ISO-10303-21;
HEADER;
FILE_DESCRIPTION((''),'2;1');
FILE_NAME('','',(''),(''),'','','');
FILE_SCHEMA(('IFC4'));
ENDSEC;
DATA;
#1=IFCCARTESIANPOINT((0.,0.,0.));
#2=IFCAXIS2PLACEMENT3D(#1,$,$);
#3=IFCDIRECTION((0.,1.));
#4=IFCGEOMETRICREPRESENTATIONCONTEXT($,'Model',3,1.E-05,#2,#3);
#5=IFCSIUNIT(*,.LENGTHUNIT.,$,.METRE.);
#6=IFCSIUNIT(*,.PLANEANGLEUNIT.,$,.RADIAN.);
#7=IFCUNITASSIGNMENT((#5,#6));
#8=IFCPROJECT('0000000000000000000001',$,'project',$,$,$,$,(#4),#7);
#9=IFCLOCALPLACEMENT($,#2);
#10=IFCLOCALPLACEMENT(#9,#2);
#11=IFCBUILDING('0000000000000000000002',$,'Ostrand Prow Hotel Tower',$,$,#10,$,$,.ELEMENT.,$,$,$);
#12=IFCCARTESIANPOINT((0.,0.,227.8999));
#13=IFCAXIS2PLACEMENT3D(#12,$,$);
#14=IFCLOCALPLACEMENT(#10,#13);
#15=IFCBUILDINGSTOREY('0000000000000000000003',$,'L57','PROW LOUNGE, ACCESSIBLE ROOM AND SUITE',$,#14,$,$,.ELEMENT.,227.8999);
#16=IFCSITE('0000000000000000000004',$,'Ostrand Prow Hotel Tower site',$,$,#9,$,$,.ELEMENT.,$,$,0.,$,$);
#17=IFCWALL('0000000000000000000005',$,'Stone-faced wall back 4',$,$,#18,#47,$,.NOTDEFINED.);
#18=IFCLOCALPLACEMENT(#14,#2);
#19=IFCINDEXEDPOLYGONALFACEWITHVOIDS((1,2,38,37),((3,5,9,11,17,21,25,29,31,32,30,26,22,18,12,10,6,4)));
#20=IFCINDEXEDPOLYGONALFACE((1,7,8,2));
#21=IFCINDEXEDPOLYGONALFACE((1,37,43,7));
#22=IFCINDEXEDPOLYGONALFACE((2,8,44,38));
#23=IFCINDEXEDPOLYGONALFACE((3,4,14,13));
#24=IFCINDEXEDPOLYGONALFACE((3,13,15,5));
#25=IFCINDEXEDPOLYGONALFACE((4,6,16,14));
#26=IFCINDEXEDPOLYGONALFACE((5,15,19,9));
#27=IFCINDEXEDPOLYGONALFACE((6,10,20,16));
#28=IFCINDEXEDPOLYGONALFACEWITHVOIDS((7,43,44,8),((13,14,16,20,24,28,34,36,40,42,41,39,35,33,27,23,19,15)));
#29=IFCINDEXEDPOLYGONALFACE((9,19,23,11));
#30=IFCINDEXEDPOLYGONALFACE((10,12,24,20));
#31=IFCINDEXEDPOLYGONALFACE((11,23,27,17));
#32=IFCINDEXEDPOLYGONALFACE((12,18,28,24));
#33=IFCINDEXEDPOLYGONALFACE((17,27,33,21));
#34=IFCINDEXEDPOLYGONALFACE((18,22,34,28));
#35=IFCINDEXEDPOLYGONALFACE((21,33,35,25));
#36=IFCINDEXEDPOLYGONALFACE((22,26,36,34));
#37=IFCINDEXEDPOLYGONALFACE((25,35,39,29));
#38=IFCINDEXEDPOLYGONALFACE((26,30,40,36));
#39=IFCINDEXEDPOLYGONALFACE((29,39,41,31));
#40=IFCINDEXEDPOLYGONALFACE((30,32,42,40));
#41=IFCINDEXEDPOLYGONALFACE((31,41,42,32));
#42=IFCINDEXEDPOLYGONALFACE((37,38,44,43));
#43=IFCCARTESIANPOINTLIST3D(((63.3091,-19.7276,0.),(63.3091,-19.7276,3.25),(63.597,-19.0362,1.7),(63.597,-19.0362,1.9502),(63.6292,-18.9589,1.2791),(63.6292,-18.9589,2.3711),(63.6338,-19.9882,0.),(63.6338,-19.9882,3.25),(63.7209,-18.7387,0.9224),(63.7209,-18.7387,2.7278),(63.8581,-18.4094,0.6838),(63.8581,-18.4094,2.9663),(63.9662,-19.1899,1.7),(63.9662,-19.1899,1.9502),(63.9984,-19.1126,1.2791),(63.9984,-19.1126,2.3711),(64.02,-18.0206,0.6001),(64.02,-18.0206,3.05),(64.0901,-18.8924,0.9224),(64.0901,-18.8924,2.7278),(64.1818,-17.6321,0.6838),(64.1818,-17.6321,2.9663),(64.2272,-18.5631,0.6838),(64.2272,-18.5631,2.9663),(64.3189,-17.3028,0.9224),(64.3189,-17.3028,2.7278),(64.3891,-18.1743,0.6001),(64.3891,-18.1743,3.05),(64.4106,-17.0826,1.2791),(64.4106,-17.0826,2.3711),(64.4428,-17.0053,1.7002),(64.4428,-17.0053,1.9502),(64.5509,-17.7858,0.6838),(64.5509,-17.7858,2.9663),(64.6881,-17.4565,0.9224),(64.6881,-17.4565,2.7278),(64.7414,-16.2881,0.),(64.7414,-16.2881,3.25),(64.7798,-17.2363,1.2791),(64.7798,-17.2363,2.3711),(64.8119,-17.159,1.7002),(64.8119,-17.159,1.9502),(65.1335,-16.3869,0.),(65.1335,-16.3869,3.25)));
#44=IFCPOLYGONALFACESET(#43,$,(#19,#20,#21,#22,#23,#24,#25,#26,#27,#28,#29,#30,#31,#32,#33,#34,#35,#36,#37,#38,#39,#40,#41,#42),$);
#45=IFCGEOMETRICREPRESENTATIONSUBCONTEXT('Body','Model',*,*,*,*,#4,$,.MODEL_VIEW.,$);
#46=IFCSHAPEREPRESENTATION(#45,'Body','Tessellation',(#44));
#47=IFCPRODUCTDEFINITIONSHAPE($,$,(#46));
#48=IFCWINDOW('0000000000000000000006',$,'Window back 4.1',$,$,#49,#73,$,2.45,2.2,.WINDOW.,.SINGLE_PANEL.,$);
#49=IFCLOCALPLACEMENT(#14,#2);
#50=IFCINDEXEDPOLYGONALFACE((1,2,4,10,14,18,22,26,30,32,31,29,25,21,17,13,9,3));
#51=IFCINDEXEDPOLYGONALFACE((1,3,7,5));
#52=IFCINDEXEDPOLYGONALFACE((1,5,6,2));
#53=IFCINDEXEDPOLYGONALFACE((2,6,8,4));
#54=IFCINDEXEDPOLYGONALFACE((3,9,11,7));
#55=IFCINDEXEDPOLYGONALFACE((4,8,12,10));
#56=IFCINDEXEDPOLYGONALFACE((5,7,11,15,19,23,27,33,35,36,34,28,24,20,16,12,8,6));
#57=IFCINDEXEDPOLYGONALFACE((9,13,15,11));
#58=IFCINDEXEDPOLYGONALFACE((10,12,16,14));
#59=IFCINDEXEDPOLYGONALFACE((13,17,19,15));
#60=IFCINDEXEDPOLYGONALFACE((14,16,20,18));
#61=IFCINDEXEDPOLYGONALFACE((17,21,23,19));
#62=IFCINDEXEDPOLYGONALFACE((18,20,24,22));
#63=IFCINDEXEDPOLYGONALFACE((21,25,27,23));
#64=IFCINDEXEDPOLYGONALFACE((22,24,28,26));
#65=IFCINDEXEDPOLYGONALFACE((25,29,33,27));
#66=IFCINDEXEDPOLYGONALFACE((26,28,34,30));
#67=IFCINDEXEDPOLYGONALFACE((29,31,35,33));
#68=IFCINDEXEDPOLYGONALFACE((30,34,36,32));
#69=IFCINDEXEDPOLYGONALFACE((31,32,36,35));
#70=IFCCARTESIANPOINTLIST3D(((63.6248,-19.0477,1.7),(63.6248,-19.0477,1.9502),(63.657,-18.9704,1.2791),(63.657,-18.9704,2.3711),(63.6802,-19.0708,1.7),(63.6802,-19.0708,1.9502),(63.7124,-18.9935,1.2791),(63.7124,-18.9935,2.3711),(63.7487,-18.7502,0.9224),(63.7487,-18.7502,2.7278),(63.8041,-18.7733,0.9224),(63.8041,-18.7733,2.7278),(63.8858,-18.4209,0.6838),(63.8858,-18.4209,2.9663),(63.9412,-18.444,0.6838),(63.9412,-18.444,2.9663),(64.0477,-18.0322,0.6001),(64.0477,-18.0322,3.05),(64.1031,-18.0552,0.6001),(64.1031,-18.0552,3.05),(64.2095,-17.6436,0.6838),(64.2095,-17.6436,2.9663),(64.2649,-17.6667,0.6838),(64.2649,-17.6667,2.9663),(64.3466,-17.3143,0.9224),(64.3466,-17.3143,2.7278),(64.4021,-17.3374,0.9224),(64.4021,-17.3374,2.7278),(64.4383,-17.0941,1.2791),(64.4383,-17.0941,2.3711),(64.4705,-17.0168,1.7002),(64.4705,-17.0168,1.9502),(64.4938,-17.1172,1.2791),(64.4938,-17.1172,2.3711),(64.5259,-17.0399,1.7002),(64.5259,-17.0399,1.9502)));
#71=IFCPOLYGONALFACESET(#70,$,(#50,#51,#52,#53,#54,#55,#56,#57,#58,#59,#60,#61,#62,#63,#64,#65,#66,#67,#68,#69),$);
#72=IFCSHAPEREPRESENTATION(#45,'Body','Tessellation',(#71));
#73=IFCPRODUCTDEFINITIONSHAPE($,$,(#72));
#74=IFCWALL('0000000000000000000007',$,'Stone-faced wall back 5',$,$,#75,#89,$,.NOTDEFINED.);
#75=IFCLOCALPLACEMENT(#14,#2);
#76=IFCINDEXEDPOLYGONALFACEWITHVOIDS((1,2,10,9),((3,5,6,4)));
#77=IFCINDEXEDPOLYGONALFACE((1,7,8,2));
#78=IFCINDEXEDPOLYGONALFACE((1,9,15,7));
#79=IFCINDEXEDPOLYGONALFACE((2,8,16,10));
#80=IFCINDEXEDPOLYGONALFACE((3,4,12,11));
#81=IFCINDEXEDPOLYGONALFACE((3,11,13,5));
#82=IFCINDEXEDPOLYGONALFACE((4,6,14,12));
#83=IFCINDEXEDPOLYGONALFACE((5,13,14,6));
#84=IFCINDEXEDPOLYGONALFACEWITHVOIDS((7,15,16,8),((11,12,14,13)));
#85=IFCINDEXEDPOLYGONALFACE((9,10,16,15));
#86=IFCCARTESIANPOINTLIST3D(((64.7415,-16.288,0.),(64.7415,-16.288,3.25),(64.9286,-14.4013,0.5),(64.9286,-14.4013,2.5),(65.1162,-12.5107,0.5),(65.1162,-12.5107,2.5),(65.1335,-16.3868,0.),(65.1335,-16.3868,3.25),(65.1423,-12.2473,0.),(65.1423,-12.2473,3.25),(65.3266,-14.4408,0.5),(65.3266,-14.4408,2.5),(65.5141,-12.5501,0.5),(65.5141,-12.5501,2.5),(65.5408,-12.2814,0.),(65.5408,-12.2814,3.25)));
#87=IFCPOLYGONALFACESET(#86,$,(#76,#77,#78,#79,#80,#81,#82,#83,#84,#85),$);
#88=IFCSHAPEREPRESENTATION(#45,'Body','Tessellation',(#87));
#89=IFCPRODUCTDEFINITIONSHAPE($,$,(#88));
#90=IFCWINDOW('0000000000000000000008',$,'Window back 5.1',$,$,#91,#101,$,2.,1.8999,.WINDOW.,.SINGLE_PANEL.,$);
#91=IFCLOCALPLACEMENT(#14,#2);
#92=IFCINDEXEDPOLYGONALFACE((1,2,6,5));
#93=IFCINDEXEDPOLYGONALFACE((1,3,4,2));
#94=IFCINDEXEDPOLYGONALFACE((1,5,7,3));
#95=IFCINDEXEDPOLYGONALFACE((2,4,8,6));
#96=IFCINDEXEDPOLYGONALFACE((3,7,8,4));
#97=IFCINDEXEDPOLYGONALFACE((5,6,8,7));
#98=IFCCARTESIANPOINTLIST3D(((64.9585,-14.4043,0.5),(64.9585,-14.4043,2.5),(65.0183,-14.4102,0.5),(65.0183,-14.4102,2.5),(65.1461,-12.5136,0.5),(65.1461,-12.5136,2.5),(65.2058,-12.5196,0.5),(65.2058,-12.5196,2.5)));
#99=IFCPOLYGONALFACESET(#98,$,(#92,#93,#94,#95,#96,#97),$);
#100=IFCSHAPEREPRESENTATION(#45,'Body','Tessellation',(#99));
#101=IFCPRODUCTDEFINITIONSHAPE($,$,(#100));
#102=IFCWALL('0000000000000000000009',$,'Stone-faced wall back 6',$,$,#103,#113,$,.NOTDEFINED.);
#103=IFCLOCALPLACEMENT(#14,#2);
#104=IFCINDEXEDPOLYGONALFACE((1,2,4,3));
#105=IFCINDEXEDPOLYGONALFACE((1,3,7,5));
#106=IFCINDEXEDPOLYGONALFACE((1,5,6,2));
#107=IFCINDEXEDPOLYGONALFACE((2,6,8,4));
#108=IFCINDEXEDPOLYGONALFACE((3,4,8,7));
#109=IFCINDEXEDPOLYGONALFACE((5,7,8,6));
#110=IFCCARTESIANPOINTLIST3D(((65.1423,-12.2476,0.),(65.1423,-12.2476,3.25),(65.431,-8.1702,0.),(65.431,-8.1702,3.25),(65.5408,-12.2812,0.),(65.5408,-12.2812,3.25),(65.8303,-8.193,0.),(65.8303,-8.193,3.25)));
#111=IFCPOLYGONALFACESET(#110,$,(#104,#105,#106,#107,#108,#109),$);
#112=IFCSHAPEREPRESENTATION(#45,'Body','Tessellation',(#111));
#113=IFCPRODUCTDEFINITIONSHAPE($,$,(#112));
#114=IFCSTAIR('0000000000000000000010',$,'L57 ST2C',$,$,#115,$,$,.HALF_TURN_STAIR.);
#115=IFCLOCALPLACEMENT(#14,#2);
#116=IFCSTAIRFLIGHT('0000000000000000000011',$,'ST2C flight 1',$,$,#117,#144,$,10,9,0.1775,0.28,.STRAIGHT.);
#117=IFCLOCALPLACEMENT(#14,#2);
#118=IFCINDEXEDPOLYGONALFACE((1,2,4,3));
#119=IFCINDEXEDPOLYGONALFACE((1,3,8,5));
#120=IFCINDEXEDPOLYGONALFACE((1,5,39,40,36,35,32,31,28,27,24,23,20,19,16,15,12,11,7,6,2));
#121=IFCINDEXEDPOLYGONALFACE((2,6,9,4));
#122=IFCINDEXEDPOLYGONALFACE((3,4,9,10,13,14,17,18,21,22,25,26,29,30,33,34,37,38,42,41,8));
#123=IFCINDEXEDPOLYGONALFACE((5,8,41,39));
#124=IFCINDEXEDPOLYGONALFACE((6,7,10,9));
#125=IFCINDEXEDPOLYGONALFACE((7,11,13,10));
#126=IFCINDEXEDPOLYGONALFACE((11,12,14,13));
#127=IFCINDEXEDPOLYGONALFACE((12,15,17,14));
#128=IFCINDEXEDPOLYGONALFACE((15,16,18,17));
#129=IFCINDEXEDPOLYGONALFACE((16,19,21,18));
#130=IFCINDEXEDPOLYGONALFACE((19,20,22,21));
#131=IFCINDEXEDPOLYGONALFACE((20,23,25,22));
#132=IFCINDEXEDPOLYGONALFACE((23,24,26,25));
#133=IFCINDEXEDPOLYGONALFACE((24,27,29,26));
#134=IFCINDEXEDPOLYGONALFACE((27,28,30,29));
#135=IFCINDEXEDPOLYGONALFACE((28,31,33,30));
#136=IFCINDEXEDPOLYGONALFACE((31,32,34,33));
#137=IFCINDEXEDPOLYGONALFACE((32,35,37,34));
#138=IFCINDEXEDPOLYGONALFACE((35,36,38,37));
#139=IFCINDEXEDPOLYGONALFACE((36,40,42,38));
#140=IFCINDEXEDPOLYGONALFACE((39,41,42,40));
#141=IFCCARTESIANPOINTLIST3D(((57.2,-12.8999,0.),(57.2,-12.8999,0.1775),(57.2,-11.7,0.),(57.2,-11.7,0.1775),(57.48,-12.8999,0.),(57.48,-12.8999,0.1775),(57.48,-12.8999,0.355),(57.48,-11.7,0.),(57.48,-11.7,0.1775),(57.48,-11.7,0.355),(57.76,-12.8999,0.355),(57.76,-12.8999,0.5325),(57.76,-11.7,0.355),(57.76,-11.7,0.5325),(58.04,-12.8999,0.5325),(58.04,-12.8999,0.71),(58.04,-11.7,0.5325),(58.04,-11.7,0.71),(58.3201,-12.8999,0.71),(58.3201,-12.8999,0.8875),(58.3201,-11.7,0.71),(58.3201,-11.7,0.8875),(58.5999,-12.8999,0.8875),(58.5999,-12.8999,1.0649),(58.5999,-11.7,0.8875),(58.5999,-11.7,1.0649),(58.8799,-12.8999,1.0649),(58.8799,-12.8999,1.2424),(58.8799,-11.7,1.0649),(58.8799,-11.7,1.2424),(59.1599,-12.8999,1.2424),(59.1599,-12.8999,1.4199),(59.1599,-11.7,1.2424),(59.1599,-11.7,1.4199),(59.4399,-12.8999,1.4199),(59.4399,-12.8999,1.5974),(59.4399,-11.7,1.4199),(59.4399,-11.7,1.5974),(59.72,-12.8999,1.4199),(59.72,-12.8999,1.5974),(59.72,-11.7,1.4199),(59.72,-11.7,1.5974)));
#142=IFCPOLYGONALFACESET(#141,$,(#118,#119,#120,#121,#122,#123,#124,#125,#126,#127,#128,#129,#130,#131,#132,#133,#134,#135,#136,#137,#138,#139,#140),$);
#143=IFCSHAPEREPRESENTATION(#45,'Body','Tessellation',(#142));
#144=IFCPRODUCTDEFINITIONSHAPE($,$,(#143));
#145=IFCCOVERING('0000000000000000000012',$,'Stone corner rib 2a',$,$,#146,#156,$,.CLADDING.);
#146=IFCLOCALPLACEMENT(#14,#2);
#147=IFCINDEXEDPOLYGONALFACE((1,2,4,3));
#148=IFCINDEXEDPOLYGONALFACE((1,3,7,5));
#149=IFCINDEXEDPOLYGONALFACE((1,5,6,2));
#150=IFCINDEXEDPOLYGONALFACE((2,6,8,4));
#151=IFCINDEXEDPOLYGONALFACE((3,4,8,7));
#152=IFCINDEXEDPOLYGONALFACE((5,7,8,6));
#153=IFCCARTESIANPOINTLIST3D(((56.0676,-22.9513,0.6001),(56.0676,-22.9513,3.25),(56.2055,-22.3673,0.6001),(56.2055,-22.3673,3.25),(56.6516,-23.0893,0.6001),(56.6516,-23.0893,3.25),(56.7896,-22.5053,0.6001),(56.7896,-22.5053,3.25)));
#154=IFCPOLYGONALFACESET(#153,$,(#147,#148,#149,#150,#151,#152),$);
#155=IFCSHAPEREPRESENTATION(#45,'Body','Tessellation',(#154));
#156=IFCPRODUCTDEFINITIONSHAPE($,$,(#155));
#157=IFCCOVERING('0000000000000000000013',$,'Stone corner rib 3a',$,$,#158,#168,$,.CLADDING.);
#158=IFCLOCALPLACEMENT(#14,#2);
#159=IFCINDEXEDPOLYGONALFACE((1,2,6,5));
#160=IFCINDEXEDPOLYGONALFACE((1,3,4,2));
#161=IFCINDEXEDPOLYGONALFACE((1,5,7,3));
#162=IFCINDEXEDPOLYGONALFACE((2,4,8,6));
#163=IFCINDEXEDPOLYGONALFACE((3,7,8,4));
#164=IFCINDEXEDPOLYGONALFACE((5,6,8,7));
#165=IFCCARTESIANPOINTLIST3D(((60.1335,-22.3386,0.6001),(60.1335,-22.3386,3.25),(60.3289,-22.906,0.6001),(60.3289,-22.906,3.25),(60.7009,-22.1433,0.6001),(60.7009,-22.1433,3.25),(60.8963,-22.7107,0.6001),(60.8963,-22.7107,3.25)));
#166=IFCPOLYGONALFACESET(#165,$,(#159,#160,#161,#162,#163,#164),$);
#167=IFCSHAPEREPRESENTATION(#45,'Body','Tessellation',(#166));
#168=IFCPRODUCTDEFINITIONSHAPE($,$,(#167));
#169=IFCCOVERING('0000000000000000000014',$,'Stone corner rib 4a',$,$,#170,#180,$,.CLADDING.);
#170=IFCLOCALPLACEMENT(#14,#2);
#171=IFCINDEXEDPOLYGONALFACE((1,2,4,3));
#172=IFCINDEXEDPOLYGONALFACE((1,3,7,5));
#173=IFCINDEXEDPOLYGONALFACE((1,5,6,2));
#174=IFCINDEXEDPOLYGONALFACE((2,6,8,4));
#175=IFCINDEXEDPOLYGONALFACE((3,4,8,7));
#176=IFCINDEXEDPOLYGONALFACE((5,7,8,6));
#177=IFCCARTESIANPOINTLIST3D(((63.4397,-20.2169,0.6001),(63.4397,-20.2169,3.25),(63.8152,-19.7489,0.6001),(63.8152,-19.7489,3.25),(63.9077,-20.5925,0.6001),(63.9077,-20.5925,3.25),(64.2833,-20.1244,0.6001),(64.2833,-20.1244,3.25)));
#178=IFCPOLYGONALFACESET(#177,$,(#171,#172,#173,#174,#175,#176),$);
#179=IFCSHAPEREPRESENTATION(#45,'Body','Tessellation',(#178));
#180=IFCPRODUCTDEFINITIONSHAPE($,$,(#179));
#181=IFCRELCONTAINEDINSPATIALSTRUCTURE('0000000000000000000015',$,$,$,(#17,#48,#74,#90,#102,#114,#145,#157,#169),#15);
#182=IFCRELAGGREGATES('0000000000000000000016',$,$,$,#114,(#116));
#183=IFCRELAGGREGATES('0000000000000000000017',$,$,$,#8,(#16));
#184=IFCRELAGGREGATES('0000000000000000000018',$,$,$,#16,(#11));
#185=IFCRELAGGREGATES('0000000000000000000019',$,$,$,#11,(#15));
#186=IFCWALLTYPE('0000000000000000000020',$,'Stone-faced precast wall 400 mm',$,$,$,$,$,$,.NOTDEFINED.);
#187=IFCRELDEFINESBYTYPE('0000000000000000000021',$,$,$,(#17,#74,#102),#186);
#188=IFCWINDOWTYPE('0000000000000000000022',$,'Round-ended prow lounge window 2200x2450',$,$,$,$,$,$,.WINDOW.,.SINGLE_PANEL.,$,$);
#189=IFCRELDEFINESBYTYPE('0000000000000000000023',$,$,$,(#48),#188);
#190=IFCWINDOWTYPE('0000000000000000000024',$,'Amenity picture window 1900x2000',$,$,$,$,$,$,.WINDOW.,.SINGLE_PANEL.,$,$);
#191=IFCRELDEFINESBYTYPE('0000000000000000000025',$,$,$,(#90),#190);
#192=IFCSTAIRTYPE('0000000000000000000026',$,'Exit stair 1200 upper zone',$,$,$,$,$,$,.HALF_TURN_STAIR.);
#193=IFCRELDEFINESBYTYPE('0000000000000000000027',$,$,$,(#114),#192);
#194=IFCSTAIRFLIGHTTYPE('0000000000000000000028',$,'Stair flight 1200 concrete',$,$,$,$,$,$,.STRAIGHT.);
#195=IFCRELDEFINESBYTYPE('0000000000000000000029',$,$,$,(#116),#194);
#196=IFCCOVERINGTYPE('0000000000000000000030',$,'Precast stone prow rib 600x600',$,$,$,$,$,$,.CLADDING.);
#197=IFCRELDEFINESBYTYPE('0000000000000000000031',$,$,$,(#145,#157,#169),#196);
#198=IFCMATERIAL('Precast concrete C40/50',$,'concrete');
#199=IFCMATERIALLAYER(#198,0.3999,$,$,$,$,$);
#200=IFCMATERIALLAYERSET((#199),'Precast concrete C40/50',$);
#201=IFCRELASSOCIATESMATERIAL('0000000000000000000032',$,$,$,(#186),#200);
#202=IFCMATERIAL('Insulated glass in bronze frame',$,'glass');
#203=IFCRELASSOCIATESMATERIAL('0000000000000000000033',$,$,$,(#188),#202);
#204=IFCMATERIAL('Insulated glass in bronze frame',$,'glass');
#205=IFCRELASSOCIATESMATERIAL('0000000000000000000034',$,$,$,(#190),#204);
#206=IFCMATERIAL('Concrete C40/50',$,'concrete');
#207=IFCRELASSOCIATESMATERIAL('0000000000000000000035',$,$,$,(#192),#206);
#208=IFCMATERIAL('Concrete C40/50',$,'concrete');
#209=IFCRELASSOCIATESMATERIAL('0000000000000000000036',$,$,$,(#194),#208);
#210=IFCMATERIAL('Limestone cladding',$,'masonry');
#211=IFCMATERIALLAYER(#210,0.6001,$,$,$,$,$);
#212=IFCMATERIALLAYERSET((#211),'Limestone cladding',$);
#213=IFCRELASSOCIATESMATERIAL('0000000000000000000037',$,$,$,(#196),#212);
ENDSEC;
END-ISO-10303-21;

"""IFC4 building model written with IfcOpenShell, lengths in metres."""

from ifc_helpers import new_model, si_unit, direction, frame, frame_2d, origin, place, context, subcontext, project, spatial, polyline, rectangle, outline, extrude, material, layer, layer_set, type_object, element, fill, aggregate, save


model = new_model("IFC4")

# Units and contexts
model_context = context("Model", 3, precision=1e-05, world=origin(), true_north=direction((0.0, 1.0)))
body_context = subcontext(model_context, "Body", "Model", "MODEL_VIEW")
ifc_project = project(units=[si_unit("LENGTHUNIT", "METRE"), si_unit("PLANEANGLEUNIT", "RADIAN")], contexts=[model_context])

# Site, building, storey
site_placement = place(None, origin())
site = spatial("IfcSite", under=ifc_project, at=site_placement, Name="Ostrand Prow Hotel Tower site", CompositionType="ELEMENT", RefElevation=0.0)
building_placement = place(site_placement, origin())
building = spatial("IfcBuilding", under=site, at=building_placement, Name="Ostrand Prow Hotel Tower", CompositionType="ELEMENT")
storey_placement = place(building_placement, frame((0.0, 0.0, 227.8999)))
storey = spatial("IfcBuildingStorey", under=building, at=storey_placement, Name="L57", Description="PROW LOUNGE, ACCESSIBLE ROOM AND SUITE", CompositionType="ELEMENT", Elevation=227.8999)

# Walls, openings, windows
ifc_material_1 = material(Name="Precast concrete C40/50", Category="concrete")
ifc_layer_1 = layer(ifc_material_1, 0.3999)
ifc_layer_set_1 = layer_set([ifc_layer_1], Name="Precast concrete C40/50")
wall_type_1 = type_object("IfcWallType", Name="Stone-faced precast wall 400 mm", PredefinedType="NOTDEFINED", material=ifc_layer_set_1)
ifc_material_2 = material(Name="Insulated glass in bronze frame", Category="glass")
window_type_1 = type_object("IfcWindowType", Name="Round-ended prow lounge window 2200x2450", PartitioningType="SINGLE_PANEL", PredefinedType="WINDOW", material=ifc_material_2)
wall_1_placement = place(storey_placement, frame((63.4714, -19.8579, 0.0), z_axis=(0.0, 0.0, 1.0), x_axis=(0.384434, 0.923153, 0.0)))
wall_1 = element("IfcWall", 1, at=wall_1_placement, inside=storey, type_object=wall_type_1, Name="Stone-faced wall back 4", PredefinedType="NOTDEFINED", context=body_context, shape_type="SweptSolid", body=[
    extrude(outline(polyline([(-0.0579, -0.2), (3.8433, -0.2), (3.7837, 0.2), (0.0579, 0.2), (-0.0579, -0.2)])), origin(), (0.0, 0.0, 1.0), 3.25),
])
opening_1_placement = place(wall_1_placement, frame((0.8069, 0.0, 0.6001)))
opening_1 = element("IfcOpeningElement", 2, at=opening_1_placement, cuts=wall_1, PredefinedType="OPENING", context=body_context, shape_type="SweptSolid", body=[
    extrude(outline(polyline([(0.0, 1.3501), (0.0837, 1.771), (0.3223, 2.1277), (0.679, 2.3662), (1.1001, 2.45), (1.521, 2.3662), (1.8777, 2.1277), (2.1162, 1.771), (2.2, 1.3501), (2.2, 1.1001), (2.1162, 0.679), (1.8777, 0.3223), (1.521, 0.0837), (1.1001, 0.0), (0.679, 0.0837), (0.3223, 0.3223), (0.0837, 0.679), (0.0, 1.0999), (0.0, 1.3501)])), frame((0.0, 0.21, 0.0), z_axis=(0.0, -1.0, 0.0), x_axis=(1.0, 0.0, 0.0)), (0.0, 0.0, 1.0), 0.4199),
])
window_1_placement = place(opening_1_placement, origin())
window_1 = element("IfcWindow", 3, at=window_1_placement, inside=storey, type_object=window_type_1, Name="Window back 4.1", OverallHeight=2.45, OverallWidth=2.2, PartitioningType="SINGLE_PANEL", PredefinedType="WINDOW", context=body_context, shape_type="SweptSolid", body=[
    extrude(outline(polyline([(0.0, 1.3501), (0.0837, 1.771), (0.3223, 2.1277), (0.679, 2.3662), (1.1001, 2.45), (1.521, 2.3662), (1.8777, 2.1277), (2.1162, 1.771), (2.2, 1.3501), (2.2, 1.1001), (2.1162, 0.679), (1.8777, 0.3223), (1.521, 0.0837), (1.1001, 0.0), (0.679, 0.0837), (0.3223, 0.3223), (0.0837, 0.679), (0.0, 1.0999), (0.0, 1.3501)])), frame((0.0, 0.1699, 0.0), z_axis=(0.0, -1.0, 0.0), x_axis=(1.0, 0.0, 0.0)), (0.0, 0.0, 1.0), 0.0601),
])
fill(opening_1, window_1)
wall_2_placement = place(storey_placement, frame((64.9375, -16.3374, 0.0), z_axis=(0.0, 0.0, 1.0), x_axis=(0.098718, 0.995115, 0.0)))
wall_2 = element("IfcWall", 4, at=wall_2_placement, inside=storey, type_object=wall_type_1, Name="Stone-faced wall back 5", PredefinedType="NOTDEFINED", context=body_context, shape_type="SweptSolid", body=[
    extrude(outline(polyline([(-0.0298, -0.2), (4.0957, -0.2), (4.0903, 0.2), (0.0298, 0.2), (-0.0298, -0.2)])), origin(), (0.0, 0.0, 1.0), 3.25),
])
opening_2_placement = place(wall_2_placement, frame((1.9258, 0.0, 0.5)))
opening_2 = element("IfcOpeningElement", 5, at=opening_2_placement, cuts=wall_2, PredefinedType="OPENING", context=body_context, shape_type="SweptSolid", body=[
    extrude(rectangle(XDim=1.8999, YDim=2.0, at=frame_2d((0.95, 1.0))), frame((0.0, 0.21, 0.0), z_axis=(0.0, -1.0, 0.0), x_axis=(1.0, 0.0, 0.0)), (0.0, 0.0, 1.0), 0.4199),
])
ifc_material_3 = material(Name="Insulated glass in bronze frame", Category="glass")
window_type_2 = type_object("IfcWindowType", Name="Amenity picture window 1900x2000", PartitioningType="SINGLE_PANEL", PredefinedType="WINDOW", material=ifc_material_3)
window_2_placement = place(opening_2_placement, origin())
window_2 = element("IfcWindow", 6, at=window_2_placement, inside=storey, type_object=window_type_2, Name="Window back 5.1", OverallHeight=2.0, OverallWidth=1.8999, PartitioningType="SINGLE_PANEL", PredefinedType="WINDOW", context=body_context, shape_type="SweptSolid", body=[
    extrude(rectangle(XDim=1.8999, YDim=2.0, at=frame_2d((0.95, 1.0))), frame((0.0, 0.1699, 0.0), z_axis=(0.0, -1.0, 0.0), x_axis=(1.0, 0.0, 0.0)), (0.0, 0.0, 1.0), 0.0601),
])
fill(opening_2, window_2)

# Wall
wall_3_placement = place(storey_placement, frame((65.3416, -12.2644, 0.0), z_axis=(0.0, 0.0, 1.0), x_axis=(0.070624, 0.997503, 0.0)))
element("IfcWall", 7, at=wall_3_placement, inside=storey, type_object=wall_type_1, Name="Stone-faced wall back 6", PredefinedType="NOTDEFINED", context=body_context, shape_type="SweptSolid", body=[
    extrude(outline(polyline([(-0.0027, -0.2), (4.0957, -0.2), (4.0903, 0.2), (0.0027, 0.2), (-0.0027, -0.2)])), origin(), (0.0, 0.0, 1.0), 3.25),
])

# Stair, stair flight
ifc_material_4 = material(Name="Concrete C40/50", Category="concrete")
stair_type = type_object("IfcStairType", Name="Exit stair 1200 upper zone", PredefinedType="HALF_TURN_STAIR", material=ifc_material_4)
stair_placement = place(storey_placement, origin())
stair = element("IfcStair", 8, at=stair_placement, inside=storey, type_object=stair_type, Name="L57 ST2C", PredefinedType="HALF_TURN_STAIR")
ifc_material_5 = material(Name="Concrete C40/50", Category="concrete")
stair_flight_type = type_object("IfcStairFlightType", Name="Stair flight 1200 concrete", PredefinedType="STRAIGHT", material=ifc_material_5)
stair_flight_placement = place(storey_placement, frame((57.2, -12.3, 0.0), z_axis=(0.0, 0.0, 1.0), x_axis=(1.0, 0.0, 0.0)))
stair_flight = element("IfcStairFlight", 9, at=stair_flight_placement, type_object=stair_flight_type, Name="ST2C flight 1", NumberOfRisers=10, NumberOfTreads=9, PredefinedType="STRAIGHT", RiserHeight=0.1775, TreadLength=0.28, context=body_context, shape_type="SweptSolid", body=[
    extrude(outline(polyline([(0.0, 0.0), (0.0, 0.1775), (0.28, 0.1775), (0.28, 0.355), (0.5601, 0.355), (0.5601, 0.5325), (0.8401, 0.5325), (0.8401, 0.71), (1.1201, 0.71), (1.1201, 0.8875), (1.3999, 0.8875), (1.3999, 1.0649), (1.6799, 1.0649), (1.6799, 1.2424), (1.96, 1.2424), (1.96, 1.4199), (2.24, 1.4199), (2.24, 1.5974), (2.52, 1.5974), (2.52, 1.7749), (2.52, 1.4199), (0.28, 0.0), (0.0, 0.0)])), frame((0.0, 0.6001, 0.0), z_axis=(0.0, -1.0, 0.0), x_axis=(1.0, 0.0, 0.0)), (0.0, 0.0, 1.0), 1.2),
])
aggregate(stair, [stair_flight])

# Coverings
ifc_material_6 = material(Name="Limestone cladding", Category="masonry")
ifc_layer_2 = layer(ifc_material_6, 0.6001)
ifc_layer_set_2 = layer_set([ifc_layer_2], Name="Limestone cladding")
covering_type = type_object("IfcCoveringType", Name="Precast stone prow rib 600x600", PredefinedType="CLADDING", material=ifc_layer_set_2)
for number, where, z_axis, x_axis, name in (
    (10, (56.4976, -22.4363, 0.6001), (0.0, 0.0, 1.0), (-0.229878, -0.973219, 0.0), "Stone corner rib 2a"),
    (11, (60.4172, -22.241, 0.6001), (0.0, 0.0, 1.0), (0.325489, -0.945546, 0.0), "Stone corner rib 3a"),
    (12, (63.6274, -19.9829, 0.6001), (0.0, 0.0, 1.0), (0.779995, -0.625786, 0.0), "Stone corner rib 4a"),
):
    element("IfcCovering", number, at=place(storey_placement, frame(where, z_axis=z_axis, x_axis=x_axis)), inside=storey, type_object=covering_type, Name=name, PredefinedType="CLADDING", context=body_context, shape_type="SweptSolid", body=[
        extrude(rectangle(XDim=0.6001, YDim=0.6001, at=frame_2d((0.3, 0.0))), origin(), (0.0, 0.0, 1.0), 2.6499),
    ])

save(model, "model.ifc")
